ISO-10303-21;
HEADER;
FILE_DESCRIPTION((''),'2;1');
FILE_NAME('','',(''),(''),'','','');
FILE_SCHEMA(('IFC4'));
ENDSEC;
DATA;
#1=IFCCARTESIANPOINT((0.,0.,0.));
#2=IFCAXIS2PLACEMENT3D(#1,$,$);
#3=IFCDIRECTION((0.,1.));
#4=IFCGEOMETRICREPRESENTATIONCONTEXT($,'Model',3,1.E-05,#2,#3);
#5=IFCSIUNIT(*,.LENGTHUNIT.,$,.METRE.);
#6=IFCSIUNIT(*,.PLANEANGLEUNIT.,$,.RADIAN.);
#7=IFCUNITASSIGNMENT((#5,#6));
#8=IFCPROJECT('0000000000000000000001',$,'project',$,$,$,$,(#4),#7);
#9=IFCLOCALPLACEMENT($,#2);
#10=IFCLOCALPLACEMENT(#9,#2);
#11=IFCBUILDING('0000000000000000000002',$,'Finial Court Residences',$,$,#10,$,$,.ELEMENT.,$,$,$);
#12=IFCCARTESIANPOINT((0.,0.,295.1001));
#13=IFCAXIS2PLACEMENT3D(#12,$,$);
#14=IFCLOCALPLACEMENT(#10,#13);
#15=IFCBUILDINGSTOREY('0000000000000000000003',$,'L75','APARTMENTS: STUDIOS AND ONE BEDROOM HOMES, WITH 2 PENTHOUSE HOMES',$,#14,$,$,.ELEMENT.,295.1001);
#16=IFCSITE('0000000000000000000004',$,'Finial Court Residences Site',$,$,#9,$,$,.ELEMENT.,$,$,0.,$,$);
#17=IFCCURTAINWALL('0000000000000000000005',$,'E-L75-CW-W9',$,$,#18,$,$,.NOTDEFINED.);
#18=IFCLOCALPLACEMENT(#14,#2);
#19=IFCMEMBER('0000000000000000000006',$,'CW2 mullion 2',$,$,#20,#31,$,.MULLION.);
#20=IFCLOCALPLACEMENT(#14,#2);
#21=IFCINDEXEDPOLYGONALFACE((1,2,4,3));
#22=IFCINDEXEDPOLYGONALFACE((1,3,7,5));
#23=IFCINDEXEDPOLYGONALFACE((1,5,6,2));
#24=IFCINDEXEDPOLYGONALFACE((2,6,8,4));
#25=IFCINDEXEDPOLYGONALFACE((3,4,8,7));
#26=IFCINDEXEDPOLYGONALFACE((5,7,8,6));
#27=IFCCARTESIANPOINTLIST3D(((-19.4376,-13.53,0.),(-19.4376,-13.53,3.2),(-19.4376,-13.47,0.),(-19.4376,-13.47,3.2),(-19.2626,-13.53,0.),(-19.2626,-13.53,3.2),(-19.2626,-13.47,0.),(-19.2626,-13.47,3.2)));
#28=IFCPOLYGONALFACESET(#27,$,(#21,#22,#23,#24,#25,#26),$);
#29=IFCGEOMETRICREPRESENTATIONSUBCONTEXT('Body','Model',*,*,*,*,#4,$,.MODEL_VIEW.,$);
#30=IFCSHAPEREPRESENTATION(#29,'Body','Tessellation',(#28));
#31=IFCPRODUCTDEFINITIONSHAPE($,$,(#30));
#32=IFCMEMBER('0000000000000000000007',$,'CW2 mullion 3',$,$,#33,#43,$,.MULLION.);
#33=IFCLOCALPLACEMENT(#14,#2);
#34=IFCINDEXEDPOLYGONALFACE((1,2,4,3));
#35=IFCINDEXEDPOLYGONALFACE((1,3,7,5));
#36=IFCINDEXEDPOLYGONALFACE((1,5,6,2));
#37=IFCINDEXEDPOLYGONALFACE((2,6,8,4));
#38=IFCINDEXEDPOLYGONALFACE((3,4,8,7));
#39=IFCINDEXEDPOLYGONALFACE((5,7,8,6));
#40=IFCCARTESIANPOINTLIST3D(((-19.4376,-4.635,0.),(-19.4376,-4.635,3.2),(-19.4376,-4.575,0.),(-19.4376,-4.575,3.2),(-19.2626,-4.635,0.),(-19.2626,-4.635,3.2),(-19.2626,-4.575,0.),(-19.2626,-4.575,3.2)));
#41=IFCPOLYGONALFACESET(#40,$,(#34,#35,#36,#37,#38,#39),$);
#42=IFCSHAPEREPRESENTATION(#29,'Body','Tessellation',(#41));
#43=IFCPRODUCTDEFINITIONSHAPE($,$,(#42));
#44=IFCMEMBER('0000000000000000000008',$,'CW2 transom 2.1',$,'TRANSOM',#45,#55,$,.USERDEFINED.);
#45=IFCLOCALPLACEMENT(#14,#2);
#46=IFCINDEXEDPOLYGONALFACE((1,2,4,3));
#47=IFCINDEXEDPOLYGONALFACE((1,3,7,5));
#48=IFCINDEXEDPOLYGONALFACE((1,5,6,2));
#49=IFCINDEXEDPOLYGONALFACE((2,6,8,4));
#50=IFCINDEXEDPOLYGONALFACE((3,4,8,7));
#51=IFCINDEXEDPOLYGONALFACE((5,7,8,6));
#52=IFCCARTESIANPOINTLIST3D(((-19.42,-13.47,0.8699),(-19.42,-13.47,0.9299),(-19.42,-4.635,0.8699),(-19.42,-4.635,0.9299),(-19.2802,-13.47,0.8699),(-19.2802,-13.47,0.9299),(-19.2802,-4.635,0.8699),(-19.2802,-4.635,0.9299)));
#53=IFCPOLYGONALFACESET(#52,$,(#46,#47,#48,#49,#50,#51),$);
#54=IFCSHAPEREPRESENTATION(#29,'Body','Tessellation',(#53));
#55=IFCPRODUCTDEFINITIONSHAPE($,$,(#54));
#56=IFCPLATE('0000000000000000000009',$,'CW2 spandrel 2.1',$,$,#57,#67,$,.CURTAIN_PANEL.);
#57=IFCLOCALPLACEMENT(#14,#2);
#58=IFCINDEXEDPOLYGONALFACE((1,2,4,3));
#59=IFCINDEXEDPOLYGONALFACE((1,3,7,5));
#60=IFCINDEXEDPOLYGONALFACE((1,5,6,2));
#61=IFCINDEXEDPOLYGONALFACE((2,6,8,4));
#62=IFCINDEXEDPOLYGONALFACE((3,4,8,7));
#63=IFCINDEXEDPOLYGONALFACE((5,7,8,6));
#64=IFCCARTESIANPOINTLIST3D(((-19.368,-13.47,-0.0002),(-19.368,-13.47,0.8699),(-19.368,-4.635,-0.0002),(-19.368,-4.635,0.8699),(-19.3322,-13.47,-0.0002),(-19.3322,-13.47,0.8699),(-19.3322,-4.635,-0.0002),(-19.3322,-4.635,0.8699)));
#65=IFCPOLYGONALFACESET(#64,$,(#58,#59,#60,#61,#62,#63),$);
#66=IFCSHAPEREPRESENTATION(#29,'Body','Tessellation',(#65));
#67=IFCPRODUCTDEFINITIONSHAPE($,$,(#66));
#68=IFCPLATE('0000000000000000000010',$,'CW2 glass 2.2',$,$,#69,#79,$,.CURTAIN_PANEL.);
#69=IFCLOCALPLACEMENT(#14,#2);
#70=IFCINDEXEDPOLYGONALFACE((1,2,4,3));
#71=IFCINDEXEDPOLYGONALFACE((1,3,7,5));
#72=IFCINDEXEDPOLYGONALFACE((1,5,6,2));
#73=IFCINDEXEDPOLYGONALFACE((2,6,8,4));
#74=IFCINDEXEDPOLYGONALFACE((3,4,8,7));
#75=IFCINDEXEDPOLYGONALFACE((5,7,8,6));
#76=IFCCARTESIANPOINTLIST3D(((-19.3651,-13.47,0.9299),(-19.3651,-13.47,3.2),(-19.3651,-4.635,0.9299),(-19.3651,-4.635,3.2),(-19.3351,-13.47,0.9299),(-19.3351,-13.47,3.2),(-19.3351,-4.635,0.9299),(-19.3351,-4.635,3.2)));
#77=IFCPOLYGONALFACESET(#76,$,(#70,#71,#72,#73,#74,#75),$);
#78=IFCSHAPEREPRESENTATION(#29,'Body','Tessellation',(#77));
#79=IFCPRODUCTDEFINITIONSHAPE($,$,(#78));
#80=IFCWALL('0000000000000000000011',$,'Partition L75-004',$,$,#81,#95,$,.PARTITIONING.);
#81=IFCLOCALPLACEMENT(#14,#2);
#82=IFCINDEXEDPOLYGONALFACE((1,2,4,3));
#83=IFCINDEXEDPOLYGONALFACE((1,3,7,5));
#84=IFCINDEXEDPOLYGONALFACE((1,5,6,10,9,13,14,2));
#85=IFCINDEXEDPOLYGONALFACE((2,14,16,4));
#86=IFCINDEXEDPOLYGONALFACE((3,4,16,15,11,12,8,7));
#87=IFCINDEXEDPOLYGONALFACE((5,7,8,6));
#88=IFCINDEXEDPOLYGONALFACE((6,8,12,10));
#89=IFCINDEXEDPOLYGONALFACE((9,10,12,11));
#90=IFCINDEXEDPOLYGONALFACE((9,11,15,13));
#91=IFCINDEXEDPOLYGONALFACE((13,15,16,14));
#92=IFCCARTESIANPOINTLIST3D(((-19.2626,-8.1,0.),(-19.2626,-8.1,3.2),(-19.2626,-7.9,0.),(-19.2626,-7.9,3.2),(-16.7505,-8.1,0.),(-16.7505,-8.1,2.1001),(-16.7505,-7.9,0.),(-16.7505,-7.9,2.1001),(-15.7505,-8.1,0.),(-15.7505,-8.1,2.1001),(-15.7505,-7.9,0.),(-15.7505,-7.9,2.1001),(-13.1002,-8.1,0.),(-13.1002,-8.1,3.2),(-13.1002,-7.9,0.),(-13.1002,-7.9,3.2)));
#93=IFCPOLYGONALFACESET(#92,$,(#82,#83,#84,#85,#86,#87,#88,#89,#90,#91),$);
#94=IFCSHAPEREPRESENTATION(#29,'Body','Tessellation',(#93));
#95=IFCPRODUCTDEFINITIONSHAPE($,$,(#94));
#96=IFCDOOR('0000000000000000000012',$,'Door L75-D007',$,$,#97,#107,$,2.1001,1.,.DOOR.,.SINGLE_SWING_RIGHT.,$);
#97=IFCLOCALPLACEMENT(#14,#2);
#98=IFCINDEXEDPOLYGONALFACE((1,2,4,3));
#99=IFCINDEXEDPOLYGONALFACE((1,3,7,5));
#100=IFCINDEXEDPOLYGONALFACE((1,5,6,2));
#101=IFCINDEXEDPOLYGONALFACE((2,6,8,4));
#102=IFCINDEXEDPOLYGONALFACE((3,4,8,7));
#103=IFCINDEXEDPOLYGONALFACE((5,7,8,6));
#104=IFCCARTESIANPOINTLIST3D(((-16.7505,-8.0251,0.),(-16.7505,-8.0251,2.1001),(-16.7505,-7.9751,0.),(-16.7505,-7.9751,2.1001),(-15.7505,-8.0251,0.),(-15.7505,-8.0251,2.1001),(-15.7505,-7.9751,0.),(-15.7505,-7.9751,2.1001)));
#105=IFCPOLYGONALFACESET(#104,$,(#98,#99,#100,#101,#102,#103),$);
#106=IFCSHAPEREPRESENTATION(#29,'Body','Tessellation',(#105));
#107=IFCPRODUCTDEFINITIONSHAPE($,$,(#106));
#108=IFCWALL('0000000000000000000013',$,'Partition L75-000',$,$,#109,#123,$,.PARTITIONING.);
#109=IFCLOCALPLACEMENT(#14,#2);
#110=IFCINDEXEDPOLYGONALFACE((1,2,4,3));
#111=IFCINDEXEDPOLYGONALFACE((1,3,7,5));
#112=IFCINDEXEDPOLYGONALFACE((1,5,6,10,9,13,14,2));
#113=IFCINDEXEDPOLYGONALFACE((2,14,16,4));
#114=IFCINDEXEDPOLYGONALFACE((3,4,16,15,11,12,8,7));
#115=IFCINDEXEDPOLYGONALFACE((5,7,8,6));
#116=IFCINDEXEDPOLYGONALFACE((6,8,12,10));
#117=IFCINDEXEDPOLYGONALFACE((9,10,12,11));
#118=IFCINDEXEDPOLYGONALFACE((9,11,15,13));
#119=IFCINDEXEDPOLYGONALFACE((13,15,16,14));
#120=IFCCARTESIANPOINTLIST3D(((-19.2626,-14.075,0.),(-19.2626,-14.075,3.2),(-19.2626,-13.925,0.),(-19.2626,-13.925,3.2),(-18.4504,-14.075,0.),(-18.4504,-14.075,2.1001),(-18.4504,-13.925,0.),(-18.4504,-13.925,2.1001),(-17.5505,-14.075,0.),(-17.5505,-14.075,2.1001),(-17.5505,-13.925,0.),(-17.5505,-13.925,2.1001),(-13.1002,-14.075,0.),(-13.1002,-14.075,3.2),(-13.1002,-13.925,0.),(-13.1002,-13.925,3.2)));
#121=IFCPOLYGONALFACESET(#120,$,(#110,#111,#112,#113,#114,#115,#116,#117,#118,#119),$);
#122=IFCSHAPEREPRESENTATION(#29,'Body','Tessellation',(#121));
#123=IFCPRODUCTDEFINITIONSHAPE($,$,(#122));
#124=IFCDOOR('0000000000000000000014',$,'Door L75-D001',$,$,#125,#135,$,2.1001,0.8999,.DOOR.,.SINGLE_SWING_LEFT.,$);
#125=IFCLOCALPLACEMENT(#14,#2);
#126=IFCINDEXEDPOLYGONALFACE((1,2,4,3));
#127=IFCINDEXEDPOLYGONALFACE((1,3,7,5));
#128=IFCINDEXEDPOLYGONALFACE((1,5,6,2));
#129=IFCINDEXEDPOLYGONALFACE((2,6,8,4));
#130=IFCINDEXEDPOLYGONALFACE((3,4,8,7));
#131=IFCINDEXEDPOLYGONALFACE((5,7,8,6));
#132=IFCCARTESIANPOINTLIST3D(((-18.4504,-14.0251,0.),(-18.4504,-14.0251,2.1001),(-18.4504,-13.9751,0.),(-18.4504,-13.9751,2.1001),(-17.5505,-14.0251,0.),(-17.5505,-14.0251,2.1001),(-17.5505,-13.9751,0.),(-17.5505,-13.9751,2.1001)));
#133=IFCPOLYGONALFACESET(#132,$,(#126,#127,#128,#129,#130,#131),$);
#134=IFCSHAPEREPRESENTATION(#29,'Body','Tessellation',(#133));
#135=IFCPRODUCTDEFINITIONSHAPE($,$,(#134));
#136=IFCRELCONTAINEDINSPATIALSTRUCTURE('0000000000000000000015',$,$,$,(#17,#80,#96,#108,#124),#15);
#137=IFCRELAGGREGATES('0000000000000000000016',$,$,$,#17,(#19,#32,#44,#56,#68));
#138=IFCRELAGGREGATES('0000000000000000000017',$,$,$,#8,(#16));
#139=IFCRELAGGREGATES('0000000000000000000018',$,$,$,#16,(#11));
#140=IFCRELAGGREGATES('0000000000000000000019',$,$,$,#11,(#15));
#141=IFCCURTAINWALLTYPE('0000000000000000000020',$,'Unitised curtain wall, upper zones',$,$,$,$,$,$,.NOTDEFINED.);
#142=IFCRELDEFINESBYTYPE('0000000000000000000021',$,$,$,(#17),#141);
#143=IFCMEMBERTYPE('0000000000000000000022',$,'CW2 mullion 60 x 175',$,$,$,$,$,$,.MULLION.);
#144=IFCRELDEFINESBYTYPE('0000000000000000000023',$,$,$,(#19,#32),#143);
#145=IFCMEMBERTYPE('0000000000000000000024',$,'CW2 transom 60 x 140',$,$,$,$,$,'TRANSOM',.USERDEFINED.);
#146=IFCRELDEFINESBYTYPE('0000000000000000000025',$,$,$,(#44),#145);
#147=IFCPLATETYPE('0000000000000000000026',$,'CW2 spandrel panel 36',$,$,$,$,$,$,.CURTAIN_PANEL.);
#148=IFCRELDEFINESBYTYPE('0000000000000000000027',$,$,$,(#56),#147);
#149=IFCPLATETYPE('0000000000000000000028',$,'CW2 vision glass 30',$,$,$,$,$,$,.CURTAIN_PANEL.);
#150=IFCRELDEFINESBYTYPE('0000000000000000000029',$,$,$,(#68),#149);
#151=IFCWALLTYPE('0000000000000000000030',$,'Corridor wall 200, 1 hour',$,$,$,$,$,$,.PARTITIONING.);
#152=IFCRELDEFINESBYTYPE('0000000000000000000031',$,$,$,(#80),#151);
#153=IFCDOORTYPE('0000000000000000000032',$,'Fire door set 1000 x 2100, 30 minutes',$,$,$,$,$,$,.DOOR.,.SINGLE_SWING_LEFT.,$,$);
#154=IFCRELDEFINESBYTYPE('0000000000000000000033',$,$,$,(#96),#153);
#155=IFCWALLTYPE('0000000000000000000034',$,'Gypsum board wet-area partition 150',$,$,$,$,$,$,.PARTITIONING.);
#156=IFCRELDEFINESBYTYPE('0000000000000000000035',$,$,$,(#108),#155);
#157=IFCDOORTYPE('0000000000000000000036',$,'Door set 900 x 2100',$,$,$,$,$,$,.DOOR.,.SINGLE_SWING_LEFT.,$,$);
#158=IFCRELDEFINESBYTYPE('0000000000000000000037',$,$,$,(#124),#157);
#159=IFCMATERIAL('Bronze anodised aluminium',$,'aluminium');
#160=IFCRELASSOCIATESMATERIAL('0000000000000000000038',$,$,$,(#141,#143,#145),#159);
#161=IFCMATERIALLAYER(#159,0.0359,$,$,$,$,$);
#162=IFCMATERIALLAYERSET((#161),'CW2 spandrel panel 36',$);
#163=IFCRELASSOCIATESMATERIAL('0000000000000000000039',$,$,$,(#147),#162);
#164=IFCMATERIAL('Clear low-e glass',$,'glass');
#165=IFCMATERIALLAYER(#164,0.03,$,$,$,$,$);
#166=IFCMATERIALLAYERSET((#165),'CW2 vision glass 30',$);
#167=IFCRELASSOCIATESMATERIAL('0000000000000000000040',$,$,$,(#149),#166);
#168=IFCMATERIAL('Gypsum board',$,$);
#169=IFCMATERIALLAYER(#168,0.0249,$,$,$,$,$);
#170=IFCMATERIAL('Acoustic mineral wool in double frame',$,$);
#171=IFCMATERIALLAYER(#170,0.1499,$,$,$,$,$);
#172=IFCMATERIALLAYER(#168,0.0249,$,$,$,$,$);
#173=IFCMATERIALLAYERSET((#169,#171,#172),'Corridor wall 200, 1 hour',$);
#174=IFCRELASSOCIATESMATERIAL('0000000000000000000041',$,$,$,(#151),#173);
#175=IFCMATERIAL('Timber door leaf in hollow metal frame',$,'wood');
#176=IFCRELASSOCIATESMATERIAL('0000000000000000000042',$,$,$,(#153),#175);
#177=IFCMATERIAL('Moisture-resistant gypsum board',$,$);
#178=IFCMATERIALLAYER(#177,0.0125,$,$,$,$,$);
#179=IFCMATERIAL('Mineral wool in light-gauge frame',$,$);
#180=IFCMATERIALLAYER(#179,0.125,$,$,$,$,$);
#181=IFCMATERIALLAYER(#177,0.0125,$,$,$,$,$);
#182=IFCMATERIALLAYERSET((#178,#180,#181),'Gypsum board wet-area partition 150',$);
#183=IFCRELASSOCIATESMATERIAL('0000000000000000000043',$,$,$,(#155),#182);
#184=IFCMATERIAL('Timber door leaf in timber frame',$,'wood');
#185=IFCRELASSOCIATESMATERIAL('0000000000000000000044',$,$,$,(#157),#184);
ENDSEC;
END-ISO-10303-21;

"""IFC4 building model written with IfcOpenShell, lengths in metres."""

from ifc_helpers import new_model, si_unit, direction, frame, frame_2d, origin, origin_2d, place, context, subcontext, project, spatial, rectangle, extrude, material, layer, layer_set, material_profile, profile_set, type_object, element, fill, aggregate, save


model = new_model("IFC4")

# Units and contexts
model_context = context("Model", 3, precision=1e-05, world=origin(), true_north=direction((0.0, 1.0)))
body_context = subcontext(model_context, "Body", "Model", "MODEL_VIEW")
ifc_project = project(units=[si_unit("LENGTHUNIT", "METRE"), si_unit("PLANEANGLEUNIT", "RADIAN")], contexts=[model_context])

# Site, building, storey
site_placement = place(None, origin())
site = spatial("IfcSite", under=ifc_project, at=site_placement, Name="Finial Court Residences Site", CompositionType="ELEMENT", RefElevation=0.0)
building_placement = place(site_placement, origin())
building = spatial("IfcBuilding", under=site, at=building_placement, Name="Finial Court Residences", CompositionType="ELEMENT")
storey_placement = place(building_placement, frame((0.0, 0.0, 295.1001)))
storey = spatial("IfcBuildingStorey", under=building, at=storey_placement, Name="L75", Description="APARTMENTS: STUDIOS AND ONE BEDROOM HOMES, WITH 2 PENTHOUSE HOMES", CompositionType="ELEMENT", Elevation=295.1001)

# Curtain wall, members, plates
ifc_material_1 = material(Name="Bronze anodised aluminium", Category="aluminium")
curtain_wall_type = type_object("IfcCurtainWallType", Name="Unitised curtain wall, upper zones", PredefinedType="NOTDEFINED", material=ifc_material_1)
curtain_wall_placement = place(storey_placement, origin())
curtain_wall = element("IfcCurtainWall", 1, at=curtain_wall_placement, inside=storey, type_object=curtain_wall_type, Name="E-L75-CW-W9", PredefinedType="NOTDEFINED")
ifc_material_profile_1 = material_profile(ifc_material_1, rectangle(XDim=0.175, YDim=0.0601, at=origin_2d()), Name="CW2 mullion 60 x 175")
ifc_profile_set_1 = profile_set([ifc_material_profile_1], Name="Bronze anodised aluminium")
member_type_1 = type_object("IfcMemberType", Name="CW2 mullion 60 x 175", PredefinedType="MULLION", material=ifc_profile_set_1)
member_1_placement = place(storey_placement, frame((-19.3501, -13.5, 0.0), z_axis=(0.0, 0.0, 1.0), x_axis=(-1.0, 0.0, 0.0)))
member_1 = element("IfcMember", 2, at=member_1_placement, type_object=member_type_1, Name="CW2 mullion 2", PredefinedType="MULLION", context=body_context, shape_type="SweptSolid", body=[
    extrude(rectangle(XDim=0.175, YDim=0.0601, at=origin_2d()), origin(), (0.0, 0.0, 1.0), 3.2),
])
member_2_placement = place(storey_placement, frame((-19.3501, -4.605, 0.0), z_axis=(0.0, 0.0, 1.0), x_axis=(-1.0, 0.0, 0.0)))
member_2 = element("IfcMember", 3, at=member_2_placement, type_object=member_type_1, Name="CW2 mullion 3", PredefinedType="MULLION", context=body_context, shape_type="SweptSolid", body=[
    extrude(rectangle(XDim=0.175, YDim=0.0601, at=origin_2d()), origin(), (0.0, 0.0, 1.0), 3.2),
])
ifc_material_profile_2 = material_profile(ifc_material_1, rectangle(XDim=0.1399, YDim=0.0601, at=origin_2d()), Name="CW2 transom 60 x 140")
ifc_profile_set_2 = profile_set([ifc_material_profile_2], Name="Bronze anodised aluminium")
member_type_2 = type_object("IfcMemberType", Name="CW2 transom 60 x 140", ElementType="TRANSOM", PredefinedType="USERDEFINED", material=ifc_profile_set_2)
member_3_placement = place(storey_placement, frame((-19.3501, -13.47, 0.8999), z_axis=(0.0, 1.0, 0.0), x_axis=(-1.0, 0.0, 0.0)))
member_3 = element("IfcMember", 4, at=member_3_placement, type_object=member_type_2, Name="CW2 transom 2.1", ObjectType="TRANSOM", PredefinedType="USERDEFINED", context=body_context, shape_type="SweptSolid", body=[
    extrude(rectangle(XDim=0.1399, YDim=0.0601, at=origin_2d()), origin(), (0.0, 0.0, 1.0), 8.835),
])
ifc_layer_1 = layer(ifc_material_1, 0.0359)
ifc_layer_set_1 = layer_set([ifc_layer_1], Name="CW2 spandrel panel 36")
plate_type_1 = type_object("IfcPlateType", Name="CW2 spandrel panel 36", PredefinedType="CURTAIN_PANEL", material=ifc_layer_set_1)
plate_1_placement = place(storey_placement, frame((-19.3501, -9.0525, -0.0002), z_axis=(0.0, 0.0, 1.0), x_axis=(0.0, 1.0, 0.0)))
plate_1 = element("IfcPlate", 5, at=plate_1_placement, type_object=plate_type_1, Name="CW2 spandrel 2.1", PredefinedType="CURTAIN_PANEL", context=body_context, shape_type="SweptSolid", body=[
    extrude(rectangle(XDim=8.835, YDim=0.0359, at=origin_2d()), origin(), (0.0, 0.0, 1.0), 0.8701),
])
ifc_material_2 = material(Name="Clear low-e glass", Category="glass")
ifc_layer_2 = layer(ifc_material_2, 0.03)
ifc_layer_set_2 = layer_set([ifc_layer_2], Name="CW2 vision glass 30")
plate_type_2 = type_object("IfcPlateType", Name="CW2 vision glass 30", PredefinedType="CURTAIN_PANEL", material=ifc_layer_set_2)
plate_2_placement = place(storey_placement, frame((-19.3501, -9.0525, 0.9299), z_axis=(0.0, 0.0, 1.0), x_axis=(0.0, 1.0, 0.0)))
plate_2 = element("IfcPlate", 6, at=plate_2_placement, type_object=plate_type_2, Name="CW2 glass 2.2", PredefinedType="CURTAIN_PANEL", context=body_context, shape_type="SweptSolid", body=[
    extrude(rectangle(XDim=8.835, YDim=0.03, at=origin_2d()), origin(), (0.0, 0.0, 1.0), 2.27),
])
aggregate(curtain_wall, [member_1, member_2, member_3, plate_1, plate_2])

# Walls, openings, doors
ifc_material_3 = material(Name="Gypsum board")
ifc_layer_3 = layer(ifc_material_3, 0.0249)
ifc_material_4 = material(Name="Acoustic mineral wool in double frame")
ifc_layer_4 = layer(ifc_material_4, 0.1499)
ifc_layer_5 = layer(ifc_material_3, 0.0249)
ifc_layer_set_3 = layer_set([ifc_layer_3, ifc_layer_4, ifc_layer_5], Name="Corridor wall 200, 1 hour")
wall_type_1 = type_object("IfcWallType", Name="Corridor wall 200, 1 hour", PredefinedType="PARTITIONING", material=ifc_layer_set_3)
wall_1_placement = place(storey_placement, frame((-19.2625, -8.0, 0.0), z_axis=(0.0, 0.0, 1.0), x_axis=(1.0, 0.0, 0.0)))
wall_1 = element("IfcWall", 7, at=wall_1_placement, inside=storey, type_object=wall_type_1, Name="Partition L75-004", PredefinedType="PARTITIONING", context=body_context, shape_type="SweptSolid", body=[
    extrude(rectangle(XDim=6.1624, YDim=0.2, at=frame_2d((3.0811, 0.0))), origin(), (0.0, 0.0, 1.0), 3.2),
])
opening_1_placement = place(wall_1_placement, frame((2.512, 0.0, 0.0)))
opening_1 = element("IfcOpeningElement", 8, at=opening_1_placement, cuts=wall_1, PredefinedType="OPENING", context=body_context, shape_type="SweptSolid", body=[
    extrude(rectangle(XDim=1.0, YDim=2.1001, at=frame_2d((0.5, 1.05))), frame((0.0, 0.1099, 0.0), z_axis=(0.0, -1.0, 0.0), x_axis=(1.0, 0.0, 0.0)), (0.0, 0.0, 1.0), 0.22),
])
ifc_material_5 = material(Name="Timber door leaf in hollow metal frame", Category="wood")
door_type_1 = type_object("IfcDoorType", Name="Fire door set 1000 x 2100, 30 minutes", OperationType="SINGLE_SWING_LEFT", PredefinedType="DOOR", material=ifc_material_5)
door_1_placement = place(opening_1_placement, origin())
door_1 = element("IfcDoor", 9, at=door_1_placement, inside=storey, type_object=door_type_1, Name="Door L75-D007", OperationType="SINGLE_SWING_RIGHT", OverallHeight=2.1001, OverallWidth=1.0, PredefinedType="DOOR", context=body_context, shape_type="SweptSolid", body=[
    extrude(rectangle(XDim=1.0, YDim=2.1001, at=frame_2d((0.5, 1.05))), frame((0.0, 0.0249, 0.0), z_axis=(0.0, -1.0, 0.0), x_axis=(1.0, 0.0, 0.0)), (0.0, 0.0, 1.0), 0.05),
])
fill(opening_1, door_1)
ifc_material_6 = material(Name="Moisture-resistant gypsum board")
ifc_layer_6 = layer(ifc_material_6, 0.0125)
ifc_material_7 = material(Name="Mineral wool in light-gauge frame")
ifc_layer_7 = layer(ifc_material_7, 0.125)
ifc_layer_8 = layer(ifc_material_6, 0.0125)
ifc_layer_set_4 = layer_set([ifc_layer_6, ifc_layer_7, ifc_layer_8], Name="Gypsum board wet-area partition 150")
wall_type_2 = type_object("IfcWallType", Name="Gypsum board wet-area partition 150", PredefinedType="PARTITIONING", material=ifc_layer_set_4)
wall_2_placement = place(storey_placement, frame((-19.2625, -14.0, 0.0), z_axis=(0.0, 0.0, 1.0), x_axis=(1.0, 0.0, 0.0)))
wall_2 = element("IfcWall", 10, at=wall_2_placement, inside=storey, type_object=wall_type_2, Name="Partition L75-000", PredefinedType="PARTITIONING", context=body_context, shape_type="SweptSolid", body=[
    extrude(rectangle(XDim=6.1624, YDim=0.1499, at=frame_2d((3.0811, 0.0))), origin(), (0.0, 0.0, 1.0), 3.2),
])
opening_2_placement = place(wall_2_placement, frame((0.812, 0.0, 0.0)))
opening_2 = element("IfcOpeningElement", 11, at=opening_2_placement, cuts=wall_2, PredefinedType="OPENING", context=body_context, shape_type="SweptSolid", body=[
    extrude(rectangle(XDim=0.8999, YDim=2.1001, at=frame_2d((0.45, 1.05))), frame((0.0, 0.085, 0.0), z_axis=(0.0, -1.0, 0.0), x_axis=(1.0, 0.0, 0.0)), (0.0, 0.0, 1.0), 0.1699),
])
ifc_material_8 = material(Name="Timber door leaf in timber frame", Category="wood")
door_type_2 = type_object("IfcDoorType", Name="Door set 900 x 2100", OperationType="SINGLE_SWING_LEFT", PredefinedType="DOOR", material=ifc_material_8)
door_2_placement = place(opening_2_placement, origin())
door_2 = element("IfcDoor", 12, at=door_2_placement, inside=storey, type_object=door_type_2, Name="Door L75-D001", OperationType="SINGLE_SWING_LEFT", OverallHeight=2.1001, OverallWidth=0.8999, PredefinedType="DOOR", context=body_context, shape_type="SweptSolid", body=[
    extrude(rectangle(XDim=0.8999, YDim=2.1001, at=frame_2d((0.45, 1.05))), frame((0.0, 0.0249, 0.0), z_axis=(0.0, -1.0, 0.0), x_axis=(1.0, 0.0, 0.0)), (0.0, 0.0, 1.0), 0.05),
])
fill(opening_2, door_2)

save(model, "model.ifc")
